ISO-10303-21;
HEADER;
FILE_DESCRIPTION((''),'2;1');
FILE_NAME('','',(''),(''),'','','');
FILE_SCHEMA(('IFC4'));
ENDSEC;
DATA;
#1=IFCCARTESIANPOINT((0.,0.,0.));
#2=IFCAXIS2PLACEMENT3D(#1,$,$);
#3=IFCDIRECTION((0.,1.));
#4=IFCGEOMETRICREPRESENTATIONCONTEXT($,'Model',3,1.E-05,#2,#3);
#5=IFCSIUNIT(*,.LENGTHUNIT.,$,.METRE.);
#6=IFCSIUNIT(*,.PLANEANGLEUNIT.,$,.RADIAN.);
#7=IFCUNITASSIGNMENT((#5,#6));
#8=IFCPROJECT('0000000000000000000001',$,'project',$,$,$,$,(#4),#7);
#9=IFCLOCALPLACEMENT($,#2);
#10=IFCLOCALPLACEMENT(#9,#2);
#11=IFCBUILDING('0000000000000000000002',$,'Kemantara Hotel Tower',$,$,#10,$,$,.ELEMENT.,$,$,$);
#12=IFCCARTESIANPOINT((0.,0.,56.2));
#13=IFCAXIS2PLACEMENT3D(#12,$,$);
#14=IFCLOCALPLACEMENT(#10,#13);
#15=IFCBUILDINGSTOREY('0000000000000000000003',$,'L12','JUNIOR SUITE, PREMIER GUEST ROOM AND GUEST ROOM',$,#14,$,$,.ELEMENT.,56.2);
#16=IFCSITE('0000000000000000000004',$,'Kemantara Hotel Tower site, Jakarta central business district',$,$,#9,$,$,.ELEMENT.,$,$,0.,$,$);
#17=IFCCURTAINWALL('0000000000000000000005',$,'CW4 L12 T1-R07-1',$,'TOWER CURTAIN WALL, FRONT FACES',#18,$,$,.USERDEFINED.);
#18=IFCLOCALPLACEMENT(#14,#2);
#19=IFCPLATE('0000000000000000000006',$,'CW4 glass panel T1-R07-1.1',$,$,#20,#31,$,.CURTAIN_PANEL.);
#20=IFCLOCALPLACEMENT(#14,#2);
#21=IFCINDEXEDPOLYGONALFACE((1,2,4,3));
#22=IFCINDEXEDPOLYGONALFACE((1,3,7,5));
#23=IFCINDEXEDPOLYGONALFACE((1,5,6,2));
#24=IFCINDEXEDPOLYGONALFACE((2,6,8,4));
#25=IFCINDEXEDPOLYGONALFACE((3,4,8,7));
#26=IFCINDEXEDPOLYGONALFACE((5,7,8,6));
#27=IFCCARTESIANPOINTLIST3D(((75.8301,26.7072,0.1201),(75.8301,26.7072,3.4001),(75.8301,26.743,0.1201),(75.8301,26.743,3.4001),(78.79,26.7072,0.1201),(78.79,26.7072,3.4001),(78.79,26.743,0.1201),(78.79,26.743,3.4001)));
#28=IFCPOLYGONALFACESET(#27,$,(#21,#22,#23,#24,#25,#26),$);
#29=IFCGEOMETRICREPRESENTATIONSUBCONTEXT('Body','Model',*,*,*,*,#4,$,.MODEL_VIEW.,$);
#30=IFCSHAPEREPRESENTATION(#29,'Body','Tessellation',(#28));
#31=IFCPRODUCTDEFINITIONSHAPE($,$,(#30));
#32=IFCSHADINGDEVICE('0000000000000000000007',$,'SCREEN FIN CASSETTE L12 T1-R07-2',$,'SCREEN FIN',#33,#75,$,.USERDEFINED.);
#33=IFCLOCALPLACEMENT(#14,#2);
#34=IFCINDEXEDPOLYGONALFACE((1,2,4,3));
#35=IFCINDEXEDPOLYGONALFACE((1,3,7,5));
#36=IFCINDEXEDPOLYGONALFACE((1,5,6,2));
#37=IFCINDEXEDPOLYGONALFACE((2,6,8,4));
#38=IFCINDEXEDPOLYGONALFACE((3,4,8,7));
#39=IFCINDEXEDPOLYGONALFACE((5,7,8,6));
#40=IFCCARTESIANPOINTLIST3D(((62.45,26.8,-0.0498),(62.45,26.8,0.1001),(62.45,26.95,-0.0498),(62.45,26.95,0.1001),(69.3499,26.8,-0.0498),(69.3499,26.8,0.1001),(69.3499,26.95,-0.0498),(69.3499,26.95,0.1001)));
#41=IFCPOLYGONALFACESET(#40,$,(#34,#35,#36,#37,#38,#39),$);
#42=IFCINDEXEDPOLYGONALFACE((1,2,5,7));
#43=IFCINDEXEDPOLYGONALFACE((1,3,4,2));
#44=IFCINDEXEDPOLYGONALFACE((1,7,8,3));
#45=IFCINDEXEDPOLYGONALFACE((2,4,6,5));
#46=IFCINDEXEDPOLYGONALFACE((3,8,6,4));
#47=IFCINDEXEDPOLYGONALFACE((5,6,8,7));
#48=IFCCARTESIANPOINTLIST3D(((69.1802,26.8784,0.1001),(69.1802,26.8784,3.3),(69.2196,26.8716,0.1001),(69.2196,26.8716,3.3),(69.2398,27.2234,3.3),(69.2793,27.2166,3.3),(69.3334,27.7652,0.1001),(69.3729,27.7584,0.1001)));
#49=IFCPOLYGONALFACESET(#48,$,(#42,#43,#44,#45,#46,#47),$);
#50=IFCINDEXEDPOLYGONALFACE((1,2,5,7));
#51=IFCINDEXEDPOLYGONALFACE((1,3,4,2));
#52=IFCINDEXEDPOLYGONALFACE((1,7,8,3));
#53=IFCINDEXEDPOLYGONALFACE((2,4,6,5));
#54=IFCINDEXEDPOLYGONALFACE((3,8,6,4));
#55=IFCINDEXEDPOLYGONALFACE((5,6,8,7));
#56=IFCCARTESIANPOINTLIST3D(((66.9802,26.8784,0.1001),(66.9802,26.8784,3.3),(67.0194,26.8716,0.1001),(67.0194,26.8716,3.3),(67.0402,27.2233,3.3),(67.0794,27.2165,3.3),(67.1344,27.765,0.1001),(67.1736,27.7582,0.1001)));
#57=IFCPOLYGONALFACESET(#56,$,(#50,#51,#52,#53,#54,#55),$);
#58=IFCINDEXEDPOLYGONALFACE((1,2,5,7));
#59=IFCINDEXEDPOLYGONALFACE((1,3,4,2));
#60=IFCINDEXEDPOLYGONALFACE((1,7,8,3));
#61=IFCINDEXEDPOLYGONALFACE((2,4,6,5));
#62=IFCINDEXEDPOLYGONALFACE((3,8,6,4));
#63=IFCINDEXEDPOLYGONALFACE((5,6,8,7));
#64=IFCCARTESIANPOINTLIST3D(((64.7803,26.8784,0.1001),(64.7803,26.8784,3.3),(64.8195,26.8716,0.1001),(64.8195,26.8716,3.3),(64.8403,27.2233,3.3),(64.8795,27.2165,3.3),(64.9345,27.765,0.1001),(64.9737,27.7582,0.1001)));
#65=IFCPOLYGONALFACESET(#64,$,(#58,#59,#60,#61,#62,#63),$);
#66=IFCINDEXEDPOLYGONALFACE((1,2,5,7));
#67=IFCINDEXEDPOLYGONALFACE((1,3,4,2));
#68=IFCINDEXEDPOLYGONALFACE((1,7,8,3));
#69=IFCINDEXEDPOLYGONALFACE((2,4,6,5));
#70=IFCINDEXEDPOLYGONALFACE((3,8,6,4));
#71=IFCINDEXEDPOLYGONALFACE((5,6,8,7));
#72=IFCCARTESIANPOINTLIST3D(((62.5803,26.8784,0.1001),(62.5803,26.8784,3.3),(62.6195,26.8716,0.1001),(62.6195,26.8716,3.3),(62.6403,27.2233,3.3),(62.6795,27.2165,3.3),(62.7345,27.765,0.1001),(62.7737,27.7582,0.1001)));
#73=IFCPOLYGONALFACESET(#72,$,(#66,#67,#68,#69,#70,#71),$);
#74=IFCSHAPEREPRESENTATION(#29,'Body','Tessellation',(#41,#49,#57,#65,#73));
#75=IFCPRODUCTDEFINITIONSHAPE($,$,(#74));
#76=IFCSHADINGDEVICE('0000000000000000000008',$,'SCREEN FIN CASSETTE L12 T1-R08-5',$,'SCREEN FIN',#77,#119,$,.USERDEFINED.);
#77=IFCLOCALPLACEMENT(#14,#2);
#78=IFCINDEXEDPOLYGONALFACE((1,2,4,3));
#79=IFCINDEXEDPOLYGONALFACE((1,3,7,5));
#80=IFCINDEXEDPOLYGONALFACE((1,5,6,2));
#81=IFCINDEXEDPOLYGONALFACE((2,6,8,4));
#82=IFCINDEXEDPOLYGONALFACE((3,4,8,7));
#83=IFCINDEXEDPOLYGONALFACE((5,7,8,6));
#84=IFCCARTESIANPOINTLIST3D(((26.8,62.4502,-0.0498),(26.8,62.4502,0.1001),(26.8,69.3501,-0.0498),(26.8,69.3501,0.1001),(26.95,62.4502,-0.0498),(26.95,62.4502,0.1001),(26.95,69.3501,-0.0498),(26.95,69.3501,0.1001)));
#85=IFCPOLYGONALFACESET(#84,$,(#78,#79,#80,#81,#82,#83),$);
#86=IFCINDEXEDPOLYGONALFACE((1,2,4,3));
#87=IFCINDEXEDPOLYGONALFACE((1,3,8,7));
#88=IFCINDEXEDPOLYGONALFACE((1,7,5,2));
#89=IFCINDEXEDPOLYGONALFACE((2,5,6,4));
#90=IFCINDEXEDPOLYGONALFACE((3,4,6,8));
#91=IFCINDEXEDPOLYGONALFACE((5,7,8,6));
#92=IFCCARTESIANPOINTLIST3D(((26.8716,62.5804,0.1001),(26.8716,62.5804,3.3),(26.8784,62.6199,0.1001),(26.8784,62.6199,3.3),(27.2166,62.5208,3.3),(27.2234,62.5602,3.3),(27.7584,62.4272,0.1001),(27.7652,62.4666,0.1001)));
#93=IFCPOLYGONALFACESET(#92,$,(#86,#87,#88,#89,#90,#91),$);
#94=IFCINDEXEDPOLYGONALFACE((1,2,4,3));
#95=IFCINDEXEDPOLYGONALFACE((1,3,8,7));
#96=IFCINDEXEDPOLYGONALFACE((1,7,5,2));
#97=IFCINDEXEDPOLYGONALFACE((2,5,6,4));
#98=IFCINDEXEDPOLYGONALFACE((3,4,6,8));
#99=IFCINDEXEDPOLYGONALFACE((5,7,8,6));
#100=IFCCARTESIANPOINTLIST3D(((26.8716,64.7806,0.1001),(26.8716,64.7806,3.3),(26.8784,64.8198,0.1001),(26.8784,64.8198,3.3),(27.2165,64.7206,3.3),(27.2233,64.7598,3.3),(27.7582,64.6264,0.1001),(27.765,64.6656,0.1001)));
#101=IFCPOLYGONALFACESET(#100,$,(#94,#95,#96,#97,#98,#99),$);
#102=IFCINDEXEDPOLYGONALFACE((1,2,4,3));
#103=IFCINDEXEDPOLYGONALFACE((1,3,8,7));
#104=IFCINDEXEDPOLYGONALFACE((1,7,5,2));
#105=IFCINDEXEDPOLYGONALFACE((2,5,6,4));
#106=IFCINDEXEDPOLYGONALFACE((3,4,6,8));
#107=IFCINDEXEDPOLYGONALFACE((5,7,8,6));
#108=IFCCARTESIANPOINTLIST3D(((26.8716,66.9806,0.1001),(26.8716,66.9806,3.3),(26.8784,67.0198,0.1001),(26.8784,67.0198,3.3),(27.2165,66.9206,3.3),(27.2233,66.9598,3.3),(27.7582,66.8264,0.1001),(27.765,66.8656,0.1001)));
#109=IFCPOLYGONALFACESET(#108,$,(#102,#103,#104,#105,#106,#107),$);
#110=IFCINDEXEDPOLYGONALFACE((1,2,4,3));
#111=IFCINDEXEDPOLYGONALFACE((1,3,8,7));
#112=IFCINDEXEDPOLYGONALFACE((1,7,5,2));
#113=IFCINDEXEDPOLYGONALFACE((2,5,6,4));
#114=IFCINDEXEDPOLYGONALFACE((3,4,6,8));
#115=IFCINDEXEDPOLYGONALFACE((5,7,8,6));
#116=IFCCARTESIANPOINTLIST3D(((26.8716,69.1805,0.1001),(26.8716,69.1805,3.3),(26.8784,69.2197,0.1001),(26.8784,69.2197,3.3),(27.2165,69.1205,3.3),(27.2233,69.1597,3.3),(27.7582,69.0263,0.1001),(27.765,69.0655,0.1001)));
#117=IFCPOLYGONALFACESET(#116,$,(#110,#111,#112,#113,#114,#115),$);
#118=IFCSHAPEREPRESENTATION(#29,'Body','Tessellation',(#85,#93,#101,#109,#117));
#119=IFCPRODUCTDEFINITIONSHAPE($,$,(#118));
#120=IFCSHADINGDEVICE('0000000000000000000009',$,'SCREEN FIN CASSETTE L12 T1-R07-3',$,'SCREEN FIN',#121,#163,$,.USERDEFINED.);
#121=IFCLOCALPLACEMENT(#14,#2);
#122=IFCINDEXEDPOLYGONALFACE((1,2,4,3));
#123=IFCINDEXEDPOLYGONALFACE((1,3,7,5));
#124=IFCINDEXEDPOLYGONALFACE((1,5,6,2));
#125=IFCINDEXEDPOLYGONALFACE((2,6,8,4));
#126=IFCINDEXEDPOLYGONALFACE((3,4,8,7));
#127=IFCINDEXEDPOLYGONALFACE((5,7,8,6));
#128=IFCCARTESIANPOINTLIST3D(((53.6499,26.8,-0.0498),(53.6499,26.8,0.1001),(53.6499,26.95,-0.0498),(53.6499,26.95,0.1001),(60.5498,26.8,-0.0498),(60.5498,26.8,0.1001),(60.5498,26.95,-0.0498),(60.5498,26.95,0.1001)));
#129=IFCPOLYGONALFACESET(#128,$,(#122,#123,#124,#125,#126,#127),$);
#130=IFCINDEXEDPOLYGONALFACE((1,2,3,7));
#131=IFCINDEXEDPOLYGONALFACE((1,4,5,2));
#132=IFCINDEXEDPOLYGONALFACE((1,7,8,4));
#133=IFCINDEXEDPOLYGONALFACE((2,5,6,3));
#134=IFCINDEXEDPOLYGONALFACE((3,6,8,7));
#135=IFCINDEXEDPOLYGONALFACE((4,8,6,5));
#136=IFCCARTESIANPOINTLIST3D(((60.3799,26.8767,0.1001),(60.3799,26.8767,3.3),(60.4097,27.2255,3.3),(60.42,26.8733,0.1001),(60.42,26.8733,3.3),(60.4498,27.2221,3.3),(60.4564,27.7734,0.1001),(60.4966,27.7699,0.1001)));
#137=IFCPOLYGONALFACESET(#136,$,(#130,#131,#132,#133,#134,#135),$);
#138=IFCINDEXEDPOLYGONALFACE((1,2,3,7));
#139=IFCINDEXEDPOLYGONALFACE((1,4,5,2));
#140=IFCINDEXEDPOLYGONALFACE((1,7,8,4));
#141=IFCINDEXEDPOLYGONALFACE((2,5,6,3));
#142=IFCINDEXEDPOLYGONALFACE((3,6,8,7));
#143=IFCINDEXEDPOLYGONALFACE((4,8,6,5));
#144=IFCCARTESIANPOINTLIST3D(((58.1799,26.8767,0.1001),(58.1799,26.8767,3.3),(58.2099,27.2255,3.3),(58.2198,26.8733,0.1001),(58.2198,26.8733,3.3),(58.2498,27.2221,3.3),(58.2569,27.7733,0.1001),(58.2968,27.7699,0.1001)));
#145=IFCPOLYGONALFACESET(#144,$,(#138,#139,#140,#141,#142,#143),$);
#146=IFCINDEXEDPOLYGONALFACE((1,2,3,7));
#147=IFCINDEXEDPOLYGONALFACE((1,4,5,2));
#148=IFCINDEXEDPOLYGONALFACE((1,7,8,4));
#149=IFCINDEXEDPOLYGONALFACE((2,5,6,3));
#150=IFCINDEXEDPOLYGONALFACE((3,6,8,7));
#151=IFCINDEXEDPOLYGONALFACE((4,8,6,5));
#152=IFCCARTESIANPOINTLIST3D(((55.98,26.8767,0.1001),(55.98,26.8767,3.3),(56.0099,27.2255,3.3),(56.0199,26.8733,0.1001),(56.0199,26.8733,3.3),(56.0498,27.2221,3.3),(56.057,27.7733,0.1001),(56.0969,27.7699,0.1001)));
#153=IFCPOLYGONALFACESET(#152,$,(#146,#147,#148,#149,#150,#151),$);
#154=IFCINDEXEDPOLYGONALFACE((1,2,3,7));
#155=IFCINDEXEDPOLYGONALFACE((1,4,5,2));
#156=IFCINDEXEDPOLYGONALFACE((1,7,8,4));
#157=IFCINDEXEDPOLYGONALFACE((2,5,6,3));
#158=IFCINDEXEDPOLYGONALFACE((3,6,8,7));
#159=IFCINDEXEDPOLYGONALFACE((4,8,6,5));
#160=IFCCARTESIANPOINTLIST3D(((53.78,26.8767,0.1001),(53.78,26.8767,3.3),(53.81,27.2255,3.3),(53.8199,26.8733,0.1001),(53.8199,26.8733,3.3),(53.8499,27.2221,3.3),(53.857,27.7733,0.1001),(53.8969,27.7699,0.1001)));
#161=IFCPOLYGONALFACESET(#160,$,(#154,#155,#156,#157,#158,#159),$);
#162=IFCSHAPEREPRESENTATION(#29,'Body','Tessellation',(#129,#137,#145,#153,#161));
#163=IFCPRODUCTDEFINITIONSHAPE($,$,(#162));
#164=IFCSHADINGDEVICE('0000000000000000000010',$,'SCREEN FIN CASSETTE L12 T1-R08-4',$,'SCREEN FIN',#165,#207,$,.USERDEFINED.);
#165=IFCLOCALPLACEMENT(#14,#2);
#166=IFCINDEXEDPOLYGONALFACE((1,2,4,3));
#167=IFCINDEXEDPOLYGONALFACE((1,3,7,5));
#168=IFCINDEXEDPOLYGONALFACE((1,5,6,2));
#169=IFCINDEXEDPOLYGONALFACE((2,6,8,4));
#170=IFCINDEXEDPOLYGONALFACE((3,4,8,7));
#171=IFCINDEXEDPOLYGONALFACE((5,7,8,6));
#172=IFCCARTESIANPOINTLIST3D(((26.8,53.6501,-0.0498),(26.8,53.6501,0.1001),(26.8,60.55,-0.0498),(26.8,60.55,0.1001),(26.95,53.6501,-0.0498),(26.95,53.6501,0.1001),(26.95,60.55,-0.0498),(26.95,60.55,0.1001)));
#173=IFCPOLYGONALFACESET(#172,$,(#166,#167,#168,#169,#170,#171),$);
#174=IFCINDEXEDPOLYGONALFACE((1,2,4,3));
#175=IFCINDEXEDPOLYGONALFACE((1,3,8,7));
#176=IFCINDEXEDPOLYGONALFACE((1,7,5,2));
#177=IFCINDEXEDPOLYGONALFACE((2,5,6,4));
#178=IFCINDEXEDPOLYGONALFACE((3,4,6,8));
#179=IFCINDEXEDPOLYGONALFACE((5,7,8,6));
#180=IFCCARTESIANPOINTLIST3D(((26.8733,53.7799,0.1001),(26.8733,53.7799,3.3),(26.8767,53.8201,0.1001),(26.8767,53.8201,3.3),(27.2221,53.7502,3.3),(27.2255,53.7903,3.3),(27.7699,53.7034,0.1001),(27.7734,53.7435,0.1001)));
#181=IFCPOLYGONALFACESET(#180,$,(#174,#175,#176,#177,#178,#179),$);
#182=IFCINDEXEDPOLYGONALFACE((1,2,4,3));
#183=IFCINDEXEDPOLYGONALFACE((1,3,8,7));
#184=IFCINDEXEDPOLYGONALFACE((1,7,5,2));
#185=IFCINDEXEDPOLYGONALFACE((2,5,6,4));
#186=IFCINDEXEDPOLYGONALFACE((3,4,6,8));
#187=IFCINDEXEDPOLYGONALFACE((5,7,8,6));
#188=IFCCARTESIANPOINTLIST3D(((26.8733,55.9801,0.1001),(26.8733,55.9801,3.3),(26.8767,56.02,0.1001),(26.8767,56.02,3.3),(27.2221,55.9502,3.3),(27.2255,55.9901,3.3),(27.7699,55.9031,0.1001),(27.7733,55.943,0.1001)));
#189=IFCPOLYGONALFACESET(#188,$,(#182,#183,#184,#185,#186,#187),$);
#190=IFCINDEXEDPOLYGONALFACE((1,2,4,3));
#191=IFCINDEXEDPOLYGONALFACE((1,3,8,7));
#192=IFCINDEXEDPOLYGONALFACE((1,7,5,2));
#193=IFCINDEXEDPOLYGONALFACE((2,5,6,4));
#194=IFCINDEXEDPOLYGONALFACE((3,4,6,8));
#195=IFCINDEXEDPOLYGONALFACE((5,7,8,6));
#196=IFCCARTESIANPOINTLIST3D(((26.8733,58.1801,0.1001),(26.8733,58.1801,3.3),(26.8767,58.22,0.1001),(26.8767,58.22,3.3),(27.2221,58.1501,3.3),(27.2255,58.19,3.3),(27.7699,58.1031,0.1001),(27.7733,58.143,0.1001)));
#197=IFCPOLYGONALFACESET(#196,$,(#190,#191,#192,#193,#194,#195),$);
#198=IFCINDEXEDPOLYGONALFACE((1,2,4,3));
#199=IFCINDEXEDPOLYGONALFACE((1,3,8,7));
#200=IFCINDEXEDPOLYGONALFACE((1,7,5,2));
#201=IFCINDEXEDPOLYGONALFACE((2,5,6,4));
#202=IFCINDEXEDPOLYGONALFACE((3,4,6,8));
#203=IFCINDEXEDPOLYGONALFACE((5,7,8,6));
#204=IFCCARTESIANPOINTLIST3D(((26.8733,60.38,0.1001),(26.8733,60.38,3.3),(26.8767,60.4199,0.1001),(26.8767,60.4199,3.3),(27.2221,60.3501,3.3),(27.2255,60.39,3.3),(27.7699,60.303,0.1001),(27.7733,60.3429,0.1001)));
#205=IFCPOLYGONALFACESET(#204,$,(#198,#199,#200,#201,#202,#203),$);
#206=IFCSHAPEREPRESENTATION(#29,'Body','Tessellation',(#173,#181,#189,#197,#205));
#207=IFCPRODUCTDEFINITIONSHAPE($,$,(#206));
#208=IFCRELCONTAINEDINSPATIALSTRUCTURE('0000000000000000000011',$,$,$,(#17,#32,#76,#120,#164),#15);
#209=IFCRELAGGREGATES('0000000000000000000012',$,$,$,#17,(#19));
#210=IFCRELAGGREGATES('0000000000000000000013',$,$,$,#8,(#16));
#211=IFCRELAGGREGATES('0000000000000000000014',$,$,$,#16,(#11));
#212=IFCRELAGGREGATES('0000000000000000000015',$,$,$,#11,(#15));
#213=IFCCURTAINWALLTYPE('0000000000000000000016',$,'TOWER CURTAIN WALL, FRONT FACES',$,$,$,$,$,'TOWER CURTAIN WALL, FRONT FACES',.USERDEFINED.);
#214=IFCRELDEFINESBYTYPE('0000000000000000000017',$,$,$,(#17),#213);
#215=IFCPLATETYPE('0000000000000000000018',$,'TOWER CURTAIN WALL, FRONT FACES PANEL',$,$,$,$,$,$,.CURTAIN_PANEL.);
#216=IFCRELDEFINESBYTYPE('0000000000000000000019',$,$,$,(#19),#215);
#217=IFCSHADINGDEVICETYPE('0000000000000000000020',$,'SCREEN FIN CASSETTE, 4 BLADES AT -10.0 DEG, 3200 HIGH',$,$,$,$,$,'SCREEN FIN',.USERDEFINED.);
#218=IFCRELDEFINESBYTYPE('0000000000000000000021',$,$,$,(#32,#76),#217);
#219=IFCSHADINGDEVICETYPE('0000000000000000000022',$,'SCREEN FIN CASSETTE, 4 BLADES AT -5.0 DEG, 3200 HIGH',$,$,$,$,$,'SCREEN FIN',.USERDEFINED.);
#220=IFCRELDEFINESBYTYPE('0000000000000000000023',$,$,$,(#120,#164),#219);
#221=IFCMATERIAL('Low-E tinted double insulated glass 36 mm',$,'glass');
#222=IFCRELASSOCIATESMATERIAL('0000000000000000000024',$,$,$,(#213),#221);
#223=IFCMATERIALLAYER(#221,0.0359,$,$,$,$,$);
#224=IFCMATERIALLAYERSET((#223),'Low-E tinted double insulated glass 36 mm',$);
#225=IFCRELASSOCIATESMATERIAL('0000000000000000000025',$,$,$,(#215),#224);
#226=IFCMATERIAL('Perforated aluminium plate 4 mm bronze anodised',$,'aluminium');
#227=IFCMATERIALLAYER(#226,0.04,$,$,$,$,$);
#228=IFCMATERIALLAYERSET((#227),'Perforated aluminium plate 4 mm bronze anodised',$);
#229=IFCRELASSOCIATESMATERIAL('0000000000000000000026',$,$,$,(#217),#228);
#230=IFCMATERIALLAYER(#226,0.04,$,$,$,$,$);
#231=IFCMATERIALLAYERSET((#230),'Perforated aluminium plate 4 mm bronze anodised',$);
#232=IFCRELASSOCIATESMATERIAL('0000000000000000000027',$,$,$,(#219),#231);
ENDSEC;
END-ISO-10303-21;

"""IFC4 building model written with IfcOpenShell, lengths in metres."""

from ifc_helpers import new_model, si_unit, direction, frame, origin, origin_2d, place, context, subcontext, project, spatial, polyline, rectangle, outline, extrude, source, transform, mapped, material, layer, layer_set, type_object, element, aggregate, save


model = new_model("IFC4")

# Units and contexts
model_context = context("Model", 3, precision=1e-05, world=origin(), true_north=direction((0.0, 1.0)))
body_context = subcontext(model_context, "Body", "Model", "MODEL_VIEW")
ifc_project = project(units=[si_unit("LENGTHUNIT", "METRE"), si_unit("PLANEANGLEUNIT", "RADIAN")], contexts=[model_context])

# Site, building, storey
site_placement = place(None, origin())
site = spatial("IfcSite", under=ifc_project, at=site_placement, Name="Kemantara Hotel Tower site, Jakarta central business district", CompositionType="ELEMENT", RefElevation=0.0)
building_placement = place(site_placement, origin())
building = spatial("IfcBuilding", under=site, at=building_placement, Name="Kemantara Hotel Tower", CompositionType="ELEMENT")
storey_placement = place(building_placement, frame((0.0, 0.0, 56.2)))
storey = spatial("IfcBuildingStorey", under=building, at=storey_placement, Name="L12", Description="JUNIOR SUITE, PREMIER GUEST ROOM AND GUEST ROOM", CompositionType="ELEMENT", Elevation=56.2)

# Curtain wall
ifc_material_1 = material(Name="Low-E tinted double insulated glass 36 mm", Category="glass")
curtain_wall_type = type_object("IfcCurtainWallType", Name="TOWER CURTAIN WALL, FRONT FACES", ElementType="TOWER CURTAIN WALL, FRONT FACES", PredefinedType="USERDEFINED", material=ifc_material_1)
curtain_wall_1_placement = place(storey_placement, origin())
curtain_wall_1 = element("IfcCurtainWall", 1, at=curtain_wall_1_placement, inside=storey, type_object=curtain_wall_type, Name="CW4 L12 T1-R07-1", ObjectType="TOWER CURTAIN WALL, FRONT FACES", PredefinedType="USERDEFINED")

# Plate
ifc_layer_1 = layer(ifc_material_1, 0.0359)
ifc_layer_set_1 = layer_set([ifc_layer_1], Name="Low-E tinted double insulated glass 36 mm")
plate_type = type_object("IfcPlateType", Name="TOWER CURTAIN WALL, FRONT FACES PANEL", PredefinedType="CURTAIN_PANEL", material=ifc_layer_set_1)
shared_shape_1 = source(origin(), body_context, "Body", "SweptSolid", [
    extrude(rectangle(XDim=2.96, YDim=0.0359, at=origin_2d()), origin(), (0.0, 0.0, 1.0), 3.28),
])
plate_1_placement = place(storey_placement, frame((77.3101, 26.7251, 0.1201), z_axis=(0.0, 0.0, 1.0), x_axis=(-1.0, 0.0, 0.0)))
plate_1 = element("IfcPlate", 2, at=plate_1_placement, type_object=plate_type, Name="CW4 glass panel T1-R07-1.1", PredefinedType="CURTAIN_PANEL", context=body_context, shape_type="MappedRepresentation", body=[
    mapped(shared_shape_1, transform((0.0, 0.0, 0.0))),
])
aggregate(curtain_wall_1, [plate_1])

# Shading devices
ifc_material_2 = material(Name="Perforated aluminium plate 4 mm bronze anodised", Category="aluminium")
ifc_layer_2 = layer(ifc_material_2, 0.04)
ifc_layer_set_2 = layer_set([ifc_layer_2], Name="Perforated aluminium plate 4 mm bronze anodised")
shading_device_type_1 = type_object("IfcShadingDeviceType", Name="SCREEN FIN CASSETTE, 4 BLADES AT -10.0 DEG, 3200 HIGH", ElementType="SCREEN FIN", PredefinedType="USERDEFINED", material=ifc_layer_set_2)
shared_shape_2 = source(origin(), body_context, "Body", "SweptSolid", [
    extrude(rectangle(XDim=6.8999, YDim=0.1499, at=origin_2d()), frame((3.3, -0.075, -0.1499), z_axis=(0.0, 0.0, 1.0), x_axis=(1.0, 0.0, 0.0)), (0.0, 0.0, 1.0), 0.1499),
    extrude(outline(polyline([(0.0, 0.0), (0.8999, 0.0), (0.3501, 3.2), (0.0, 3.2), (0.0, 0.0)])), frame((0.0198, -0.0784, 0.0), z_axis=(-0.98539, 0.170314, 0.0), x_axis=(-0.170314, -0.98539, 0.0)), (0.0, 0.0, 1.0), 0.04),
    extrude(outline(polyline([(0.0, 0.0), (0.8999, 0.0), (0.3501, 3.2), (0.0, 3.2), (0.0, 0.0)])), frame((2.2197, -0.0784, 0.0), z_axis=(-0.985212, 0.171341, 0.0), x_axis=(-0.171341, -0.985212, 0.0)), (0.0, 0.0, 1.0), 0.0398),
    extrude(outline(polyline([(0.0, 0.0), (0.8999, 0.0), (0.3501, 3.2), (0.0, 3.2), (0.0, 0.0)])), frame((4.4197, -0.0784, 0.0), z_axis=(-0.985212, 0.171341, 0.0), x_axis=(-0.171341, -0.985212, 0.0)), (0.0, 0.0, 1.0), 0.0398),
    extrude(outline(polyline([(0.0, 0.0), (0.8999, 0.0), (0.3501, 3.2), (0.0, 3.2), (0.0, 0.0)])), frame((6.6196, -0.0784, 0.0), z_axis=(-0.985212, 0.171341, 0.0), x_axis=(-0.171341, -0.985212, 0.0)), (0.0, 0.0, 1.0), 0.0398),
])
for number, where, z_axis, x_axis, name in (
    (3, (69.2, 26.8, 0.1001), (0.0, 0.0, 1.0), (-1.0, 0.0, 0.0), "SCREEN FIN CASSETTE L12 T1-R07-2"),
    (4, (26.8, 62.6001, 0.1001), (0.0, 0.0, 1.0), (0.0, 1.0, 0.0), "SCREEN FIN CASSETTE L12 T1-R08-5"),
):
    element("IfcShadingDevice", number, at=place(storey_placement, frame(where, z_axis=z_axis, x_axis=x_axis)), inside=storey, type_object=shading_device_type_1, Name=name, ObjectType="SCREEN FIN", PredefinedType="USERDEFINED", context=body_context, shape_type="MappedRepresentation", body=[
        mapped(shared_shape_2, transform((0.0, 0.0, 0.0))),
    ])
ifc_layer_3 = layer(ifc_material_2, 0.04)
ifc_layer_set_3 = layer_set([ifc_layer_3], Name="Perforated aluminium plate 4 mm bronze anodised")
shading_device_type_2 = type_object("IfcShadingDeviceType", Name="SCREEN FIN CASSETTE, 4 BLADES AT -5.0 DEG, 3200 HIGH", ElementType="SCREEN FIN", PredefinedType="USERDEFINED", material=ifc_layer_set_3)
shared_shape_3 = source(origin(), body_context, "Body", "SweptSolid", [
    extrude(rectangle(XDim=6.8999, YDim=0.1499, at=origin_2d()), frame((3.3, -0.075, -0.1499), z_axis=(0.0, 0.0, 1.0), x_axis=(1.0, 0.0, 0.0)), (0.0, 0.0, 1.0), 0.1499),
    extrude(outline(polyline([(0.0, 0.0), (0.8999, 0.0), (0.3501, 3.2), (0.0, 3.2), (0.0, 0.0)])), frame((0.02, -0.0767, 0.0), z_axis=(-0.996376, 0.085056, 0.0), x_axis=(-0.085056, -0.996376, 0.0)), (0.0, 0.0, 1.0), 0.0403),
    extrude(outline(polyline([(0.0, 0.0), (0.8999, 0.0), (0.3501, 3.2), (0.0, 3.2), (0.0, 0.0)])), frame((2.22, -0.0767, 0.0), z_axis=(-0.996332, 0.085575, 0.0), x_axis=(-0.085575, -0.996332, 0.0)), (0.0, 0.0, 1.0), 0.04),
    extrude(outline(polyline([(0.0, 0.0), (0.8999, 0.0), (0.3501, 3.2), (0.0, 3.2), (0.0, 0.0)])), frame((4.4199, -0.0767, 0.0), z_axis=(-0.996332, 0.085575, 0.0), x_axis=(-0.085575, -0.996332, 0.0)), (0.0, 0.0, 1.0), 0.04),
    extrude(outline(polyline([(0.0, 0.0), (0.8999, 0.0), (0.3501, 3.2), (0.0, 3.2), (0.0, 0.0)])), frame((6.6199, -0.0767, 0.0), z_axis=(-0.996332, 0.085575, 0.0), x_axis=(-0.085575, -0.996332, 0.0)), (0.0, 0.0, 1.0), 0.04),
])
for number, where, z_axis, x_axis, name in (
    (5, (60.3999, 26.8, 0.1001), (0.0, 0.0, 1.0), (-1.0, 0.0, 0.0), "SCREEN FIN CASSETTE L12 T1-R07-3"),
    (6, (26.8, 53.8, 0.1001), (0.0, 0.0, 1.0), (0.0, 1.0, 0.0), "SCREEN FIN CASSETTE L12 T1-R08-4"),
):
    element("IfcShadingDevice", number, at=place(storey_placement, frame(where, z_axis=z_axis, x_axis=x_axis)), inside=storey, type_object=shading_device_type_2, Name=name, ObjectType="SCREEN FIN", PredefinedType="USERDEFINED", context=body_context, shape_type="MappedRepresentation", body=[
        mapped(shared_shape_3, transform((0.0, 0.0, 0.0))),
    ])

save(model, "model.ifc")
